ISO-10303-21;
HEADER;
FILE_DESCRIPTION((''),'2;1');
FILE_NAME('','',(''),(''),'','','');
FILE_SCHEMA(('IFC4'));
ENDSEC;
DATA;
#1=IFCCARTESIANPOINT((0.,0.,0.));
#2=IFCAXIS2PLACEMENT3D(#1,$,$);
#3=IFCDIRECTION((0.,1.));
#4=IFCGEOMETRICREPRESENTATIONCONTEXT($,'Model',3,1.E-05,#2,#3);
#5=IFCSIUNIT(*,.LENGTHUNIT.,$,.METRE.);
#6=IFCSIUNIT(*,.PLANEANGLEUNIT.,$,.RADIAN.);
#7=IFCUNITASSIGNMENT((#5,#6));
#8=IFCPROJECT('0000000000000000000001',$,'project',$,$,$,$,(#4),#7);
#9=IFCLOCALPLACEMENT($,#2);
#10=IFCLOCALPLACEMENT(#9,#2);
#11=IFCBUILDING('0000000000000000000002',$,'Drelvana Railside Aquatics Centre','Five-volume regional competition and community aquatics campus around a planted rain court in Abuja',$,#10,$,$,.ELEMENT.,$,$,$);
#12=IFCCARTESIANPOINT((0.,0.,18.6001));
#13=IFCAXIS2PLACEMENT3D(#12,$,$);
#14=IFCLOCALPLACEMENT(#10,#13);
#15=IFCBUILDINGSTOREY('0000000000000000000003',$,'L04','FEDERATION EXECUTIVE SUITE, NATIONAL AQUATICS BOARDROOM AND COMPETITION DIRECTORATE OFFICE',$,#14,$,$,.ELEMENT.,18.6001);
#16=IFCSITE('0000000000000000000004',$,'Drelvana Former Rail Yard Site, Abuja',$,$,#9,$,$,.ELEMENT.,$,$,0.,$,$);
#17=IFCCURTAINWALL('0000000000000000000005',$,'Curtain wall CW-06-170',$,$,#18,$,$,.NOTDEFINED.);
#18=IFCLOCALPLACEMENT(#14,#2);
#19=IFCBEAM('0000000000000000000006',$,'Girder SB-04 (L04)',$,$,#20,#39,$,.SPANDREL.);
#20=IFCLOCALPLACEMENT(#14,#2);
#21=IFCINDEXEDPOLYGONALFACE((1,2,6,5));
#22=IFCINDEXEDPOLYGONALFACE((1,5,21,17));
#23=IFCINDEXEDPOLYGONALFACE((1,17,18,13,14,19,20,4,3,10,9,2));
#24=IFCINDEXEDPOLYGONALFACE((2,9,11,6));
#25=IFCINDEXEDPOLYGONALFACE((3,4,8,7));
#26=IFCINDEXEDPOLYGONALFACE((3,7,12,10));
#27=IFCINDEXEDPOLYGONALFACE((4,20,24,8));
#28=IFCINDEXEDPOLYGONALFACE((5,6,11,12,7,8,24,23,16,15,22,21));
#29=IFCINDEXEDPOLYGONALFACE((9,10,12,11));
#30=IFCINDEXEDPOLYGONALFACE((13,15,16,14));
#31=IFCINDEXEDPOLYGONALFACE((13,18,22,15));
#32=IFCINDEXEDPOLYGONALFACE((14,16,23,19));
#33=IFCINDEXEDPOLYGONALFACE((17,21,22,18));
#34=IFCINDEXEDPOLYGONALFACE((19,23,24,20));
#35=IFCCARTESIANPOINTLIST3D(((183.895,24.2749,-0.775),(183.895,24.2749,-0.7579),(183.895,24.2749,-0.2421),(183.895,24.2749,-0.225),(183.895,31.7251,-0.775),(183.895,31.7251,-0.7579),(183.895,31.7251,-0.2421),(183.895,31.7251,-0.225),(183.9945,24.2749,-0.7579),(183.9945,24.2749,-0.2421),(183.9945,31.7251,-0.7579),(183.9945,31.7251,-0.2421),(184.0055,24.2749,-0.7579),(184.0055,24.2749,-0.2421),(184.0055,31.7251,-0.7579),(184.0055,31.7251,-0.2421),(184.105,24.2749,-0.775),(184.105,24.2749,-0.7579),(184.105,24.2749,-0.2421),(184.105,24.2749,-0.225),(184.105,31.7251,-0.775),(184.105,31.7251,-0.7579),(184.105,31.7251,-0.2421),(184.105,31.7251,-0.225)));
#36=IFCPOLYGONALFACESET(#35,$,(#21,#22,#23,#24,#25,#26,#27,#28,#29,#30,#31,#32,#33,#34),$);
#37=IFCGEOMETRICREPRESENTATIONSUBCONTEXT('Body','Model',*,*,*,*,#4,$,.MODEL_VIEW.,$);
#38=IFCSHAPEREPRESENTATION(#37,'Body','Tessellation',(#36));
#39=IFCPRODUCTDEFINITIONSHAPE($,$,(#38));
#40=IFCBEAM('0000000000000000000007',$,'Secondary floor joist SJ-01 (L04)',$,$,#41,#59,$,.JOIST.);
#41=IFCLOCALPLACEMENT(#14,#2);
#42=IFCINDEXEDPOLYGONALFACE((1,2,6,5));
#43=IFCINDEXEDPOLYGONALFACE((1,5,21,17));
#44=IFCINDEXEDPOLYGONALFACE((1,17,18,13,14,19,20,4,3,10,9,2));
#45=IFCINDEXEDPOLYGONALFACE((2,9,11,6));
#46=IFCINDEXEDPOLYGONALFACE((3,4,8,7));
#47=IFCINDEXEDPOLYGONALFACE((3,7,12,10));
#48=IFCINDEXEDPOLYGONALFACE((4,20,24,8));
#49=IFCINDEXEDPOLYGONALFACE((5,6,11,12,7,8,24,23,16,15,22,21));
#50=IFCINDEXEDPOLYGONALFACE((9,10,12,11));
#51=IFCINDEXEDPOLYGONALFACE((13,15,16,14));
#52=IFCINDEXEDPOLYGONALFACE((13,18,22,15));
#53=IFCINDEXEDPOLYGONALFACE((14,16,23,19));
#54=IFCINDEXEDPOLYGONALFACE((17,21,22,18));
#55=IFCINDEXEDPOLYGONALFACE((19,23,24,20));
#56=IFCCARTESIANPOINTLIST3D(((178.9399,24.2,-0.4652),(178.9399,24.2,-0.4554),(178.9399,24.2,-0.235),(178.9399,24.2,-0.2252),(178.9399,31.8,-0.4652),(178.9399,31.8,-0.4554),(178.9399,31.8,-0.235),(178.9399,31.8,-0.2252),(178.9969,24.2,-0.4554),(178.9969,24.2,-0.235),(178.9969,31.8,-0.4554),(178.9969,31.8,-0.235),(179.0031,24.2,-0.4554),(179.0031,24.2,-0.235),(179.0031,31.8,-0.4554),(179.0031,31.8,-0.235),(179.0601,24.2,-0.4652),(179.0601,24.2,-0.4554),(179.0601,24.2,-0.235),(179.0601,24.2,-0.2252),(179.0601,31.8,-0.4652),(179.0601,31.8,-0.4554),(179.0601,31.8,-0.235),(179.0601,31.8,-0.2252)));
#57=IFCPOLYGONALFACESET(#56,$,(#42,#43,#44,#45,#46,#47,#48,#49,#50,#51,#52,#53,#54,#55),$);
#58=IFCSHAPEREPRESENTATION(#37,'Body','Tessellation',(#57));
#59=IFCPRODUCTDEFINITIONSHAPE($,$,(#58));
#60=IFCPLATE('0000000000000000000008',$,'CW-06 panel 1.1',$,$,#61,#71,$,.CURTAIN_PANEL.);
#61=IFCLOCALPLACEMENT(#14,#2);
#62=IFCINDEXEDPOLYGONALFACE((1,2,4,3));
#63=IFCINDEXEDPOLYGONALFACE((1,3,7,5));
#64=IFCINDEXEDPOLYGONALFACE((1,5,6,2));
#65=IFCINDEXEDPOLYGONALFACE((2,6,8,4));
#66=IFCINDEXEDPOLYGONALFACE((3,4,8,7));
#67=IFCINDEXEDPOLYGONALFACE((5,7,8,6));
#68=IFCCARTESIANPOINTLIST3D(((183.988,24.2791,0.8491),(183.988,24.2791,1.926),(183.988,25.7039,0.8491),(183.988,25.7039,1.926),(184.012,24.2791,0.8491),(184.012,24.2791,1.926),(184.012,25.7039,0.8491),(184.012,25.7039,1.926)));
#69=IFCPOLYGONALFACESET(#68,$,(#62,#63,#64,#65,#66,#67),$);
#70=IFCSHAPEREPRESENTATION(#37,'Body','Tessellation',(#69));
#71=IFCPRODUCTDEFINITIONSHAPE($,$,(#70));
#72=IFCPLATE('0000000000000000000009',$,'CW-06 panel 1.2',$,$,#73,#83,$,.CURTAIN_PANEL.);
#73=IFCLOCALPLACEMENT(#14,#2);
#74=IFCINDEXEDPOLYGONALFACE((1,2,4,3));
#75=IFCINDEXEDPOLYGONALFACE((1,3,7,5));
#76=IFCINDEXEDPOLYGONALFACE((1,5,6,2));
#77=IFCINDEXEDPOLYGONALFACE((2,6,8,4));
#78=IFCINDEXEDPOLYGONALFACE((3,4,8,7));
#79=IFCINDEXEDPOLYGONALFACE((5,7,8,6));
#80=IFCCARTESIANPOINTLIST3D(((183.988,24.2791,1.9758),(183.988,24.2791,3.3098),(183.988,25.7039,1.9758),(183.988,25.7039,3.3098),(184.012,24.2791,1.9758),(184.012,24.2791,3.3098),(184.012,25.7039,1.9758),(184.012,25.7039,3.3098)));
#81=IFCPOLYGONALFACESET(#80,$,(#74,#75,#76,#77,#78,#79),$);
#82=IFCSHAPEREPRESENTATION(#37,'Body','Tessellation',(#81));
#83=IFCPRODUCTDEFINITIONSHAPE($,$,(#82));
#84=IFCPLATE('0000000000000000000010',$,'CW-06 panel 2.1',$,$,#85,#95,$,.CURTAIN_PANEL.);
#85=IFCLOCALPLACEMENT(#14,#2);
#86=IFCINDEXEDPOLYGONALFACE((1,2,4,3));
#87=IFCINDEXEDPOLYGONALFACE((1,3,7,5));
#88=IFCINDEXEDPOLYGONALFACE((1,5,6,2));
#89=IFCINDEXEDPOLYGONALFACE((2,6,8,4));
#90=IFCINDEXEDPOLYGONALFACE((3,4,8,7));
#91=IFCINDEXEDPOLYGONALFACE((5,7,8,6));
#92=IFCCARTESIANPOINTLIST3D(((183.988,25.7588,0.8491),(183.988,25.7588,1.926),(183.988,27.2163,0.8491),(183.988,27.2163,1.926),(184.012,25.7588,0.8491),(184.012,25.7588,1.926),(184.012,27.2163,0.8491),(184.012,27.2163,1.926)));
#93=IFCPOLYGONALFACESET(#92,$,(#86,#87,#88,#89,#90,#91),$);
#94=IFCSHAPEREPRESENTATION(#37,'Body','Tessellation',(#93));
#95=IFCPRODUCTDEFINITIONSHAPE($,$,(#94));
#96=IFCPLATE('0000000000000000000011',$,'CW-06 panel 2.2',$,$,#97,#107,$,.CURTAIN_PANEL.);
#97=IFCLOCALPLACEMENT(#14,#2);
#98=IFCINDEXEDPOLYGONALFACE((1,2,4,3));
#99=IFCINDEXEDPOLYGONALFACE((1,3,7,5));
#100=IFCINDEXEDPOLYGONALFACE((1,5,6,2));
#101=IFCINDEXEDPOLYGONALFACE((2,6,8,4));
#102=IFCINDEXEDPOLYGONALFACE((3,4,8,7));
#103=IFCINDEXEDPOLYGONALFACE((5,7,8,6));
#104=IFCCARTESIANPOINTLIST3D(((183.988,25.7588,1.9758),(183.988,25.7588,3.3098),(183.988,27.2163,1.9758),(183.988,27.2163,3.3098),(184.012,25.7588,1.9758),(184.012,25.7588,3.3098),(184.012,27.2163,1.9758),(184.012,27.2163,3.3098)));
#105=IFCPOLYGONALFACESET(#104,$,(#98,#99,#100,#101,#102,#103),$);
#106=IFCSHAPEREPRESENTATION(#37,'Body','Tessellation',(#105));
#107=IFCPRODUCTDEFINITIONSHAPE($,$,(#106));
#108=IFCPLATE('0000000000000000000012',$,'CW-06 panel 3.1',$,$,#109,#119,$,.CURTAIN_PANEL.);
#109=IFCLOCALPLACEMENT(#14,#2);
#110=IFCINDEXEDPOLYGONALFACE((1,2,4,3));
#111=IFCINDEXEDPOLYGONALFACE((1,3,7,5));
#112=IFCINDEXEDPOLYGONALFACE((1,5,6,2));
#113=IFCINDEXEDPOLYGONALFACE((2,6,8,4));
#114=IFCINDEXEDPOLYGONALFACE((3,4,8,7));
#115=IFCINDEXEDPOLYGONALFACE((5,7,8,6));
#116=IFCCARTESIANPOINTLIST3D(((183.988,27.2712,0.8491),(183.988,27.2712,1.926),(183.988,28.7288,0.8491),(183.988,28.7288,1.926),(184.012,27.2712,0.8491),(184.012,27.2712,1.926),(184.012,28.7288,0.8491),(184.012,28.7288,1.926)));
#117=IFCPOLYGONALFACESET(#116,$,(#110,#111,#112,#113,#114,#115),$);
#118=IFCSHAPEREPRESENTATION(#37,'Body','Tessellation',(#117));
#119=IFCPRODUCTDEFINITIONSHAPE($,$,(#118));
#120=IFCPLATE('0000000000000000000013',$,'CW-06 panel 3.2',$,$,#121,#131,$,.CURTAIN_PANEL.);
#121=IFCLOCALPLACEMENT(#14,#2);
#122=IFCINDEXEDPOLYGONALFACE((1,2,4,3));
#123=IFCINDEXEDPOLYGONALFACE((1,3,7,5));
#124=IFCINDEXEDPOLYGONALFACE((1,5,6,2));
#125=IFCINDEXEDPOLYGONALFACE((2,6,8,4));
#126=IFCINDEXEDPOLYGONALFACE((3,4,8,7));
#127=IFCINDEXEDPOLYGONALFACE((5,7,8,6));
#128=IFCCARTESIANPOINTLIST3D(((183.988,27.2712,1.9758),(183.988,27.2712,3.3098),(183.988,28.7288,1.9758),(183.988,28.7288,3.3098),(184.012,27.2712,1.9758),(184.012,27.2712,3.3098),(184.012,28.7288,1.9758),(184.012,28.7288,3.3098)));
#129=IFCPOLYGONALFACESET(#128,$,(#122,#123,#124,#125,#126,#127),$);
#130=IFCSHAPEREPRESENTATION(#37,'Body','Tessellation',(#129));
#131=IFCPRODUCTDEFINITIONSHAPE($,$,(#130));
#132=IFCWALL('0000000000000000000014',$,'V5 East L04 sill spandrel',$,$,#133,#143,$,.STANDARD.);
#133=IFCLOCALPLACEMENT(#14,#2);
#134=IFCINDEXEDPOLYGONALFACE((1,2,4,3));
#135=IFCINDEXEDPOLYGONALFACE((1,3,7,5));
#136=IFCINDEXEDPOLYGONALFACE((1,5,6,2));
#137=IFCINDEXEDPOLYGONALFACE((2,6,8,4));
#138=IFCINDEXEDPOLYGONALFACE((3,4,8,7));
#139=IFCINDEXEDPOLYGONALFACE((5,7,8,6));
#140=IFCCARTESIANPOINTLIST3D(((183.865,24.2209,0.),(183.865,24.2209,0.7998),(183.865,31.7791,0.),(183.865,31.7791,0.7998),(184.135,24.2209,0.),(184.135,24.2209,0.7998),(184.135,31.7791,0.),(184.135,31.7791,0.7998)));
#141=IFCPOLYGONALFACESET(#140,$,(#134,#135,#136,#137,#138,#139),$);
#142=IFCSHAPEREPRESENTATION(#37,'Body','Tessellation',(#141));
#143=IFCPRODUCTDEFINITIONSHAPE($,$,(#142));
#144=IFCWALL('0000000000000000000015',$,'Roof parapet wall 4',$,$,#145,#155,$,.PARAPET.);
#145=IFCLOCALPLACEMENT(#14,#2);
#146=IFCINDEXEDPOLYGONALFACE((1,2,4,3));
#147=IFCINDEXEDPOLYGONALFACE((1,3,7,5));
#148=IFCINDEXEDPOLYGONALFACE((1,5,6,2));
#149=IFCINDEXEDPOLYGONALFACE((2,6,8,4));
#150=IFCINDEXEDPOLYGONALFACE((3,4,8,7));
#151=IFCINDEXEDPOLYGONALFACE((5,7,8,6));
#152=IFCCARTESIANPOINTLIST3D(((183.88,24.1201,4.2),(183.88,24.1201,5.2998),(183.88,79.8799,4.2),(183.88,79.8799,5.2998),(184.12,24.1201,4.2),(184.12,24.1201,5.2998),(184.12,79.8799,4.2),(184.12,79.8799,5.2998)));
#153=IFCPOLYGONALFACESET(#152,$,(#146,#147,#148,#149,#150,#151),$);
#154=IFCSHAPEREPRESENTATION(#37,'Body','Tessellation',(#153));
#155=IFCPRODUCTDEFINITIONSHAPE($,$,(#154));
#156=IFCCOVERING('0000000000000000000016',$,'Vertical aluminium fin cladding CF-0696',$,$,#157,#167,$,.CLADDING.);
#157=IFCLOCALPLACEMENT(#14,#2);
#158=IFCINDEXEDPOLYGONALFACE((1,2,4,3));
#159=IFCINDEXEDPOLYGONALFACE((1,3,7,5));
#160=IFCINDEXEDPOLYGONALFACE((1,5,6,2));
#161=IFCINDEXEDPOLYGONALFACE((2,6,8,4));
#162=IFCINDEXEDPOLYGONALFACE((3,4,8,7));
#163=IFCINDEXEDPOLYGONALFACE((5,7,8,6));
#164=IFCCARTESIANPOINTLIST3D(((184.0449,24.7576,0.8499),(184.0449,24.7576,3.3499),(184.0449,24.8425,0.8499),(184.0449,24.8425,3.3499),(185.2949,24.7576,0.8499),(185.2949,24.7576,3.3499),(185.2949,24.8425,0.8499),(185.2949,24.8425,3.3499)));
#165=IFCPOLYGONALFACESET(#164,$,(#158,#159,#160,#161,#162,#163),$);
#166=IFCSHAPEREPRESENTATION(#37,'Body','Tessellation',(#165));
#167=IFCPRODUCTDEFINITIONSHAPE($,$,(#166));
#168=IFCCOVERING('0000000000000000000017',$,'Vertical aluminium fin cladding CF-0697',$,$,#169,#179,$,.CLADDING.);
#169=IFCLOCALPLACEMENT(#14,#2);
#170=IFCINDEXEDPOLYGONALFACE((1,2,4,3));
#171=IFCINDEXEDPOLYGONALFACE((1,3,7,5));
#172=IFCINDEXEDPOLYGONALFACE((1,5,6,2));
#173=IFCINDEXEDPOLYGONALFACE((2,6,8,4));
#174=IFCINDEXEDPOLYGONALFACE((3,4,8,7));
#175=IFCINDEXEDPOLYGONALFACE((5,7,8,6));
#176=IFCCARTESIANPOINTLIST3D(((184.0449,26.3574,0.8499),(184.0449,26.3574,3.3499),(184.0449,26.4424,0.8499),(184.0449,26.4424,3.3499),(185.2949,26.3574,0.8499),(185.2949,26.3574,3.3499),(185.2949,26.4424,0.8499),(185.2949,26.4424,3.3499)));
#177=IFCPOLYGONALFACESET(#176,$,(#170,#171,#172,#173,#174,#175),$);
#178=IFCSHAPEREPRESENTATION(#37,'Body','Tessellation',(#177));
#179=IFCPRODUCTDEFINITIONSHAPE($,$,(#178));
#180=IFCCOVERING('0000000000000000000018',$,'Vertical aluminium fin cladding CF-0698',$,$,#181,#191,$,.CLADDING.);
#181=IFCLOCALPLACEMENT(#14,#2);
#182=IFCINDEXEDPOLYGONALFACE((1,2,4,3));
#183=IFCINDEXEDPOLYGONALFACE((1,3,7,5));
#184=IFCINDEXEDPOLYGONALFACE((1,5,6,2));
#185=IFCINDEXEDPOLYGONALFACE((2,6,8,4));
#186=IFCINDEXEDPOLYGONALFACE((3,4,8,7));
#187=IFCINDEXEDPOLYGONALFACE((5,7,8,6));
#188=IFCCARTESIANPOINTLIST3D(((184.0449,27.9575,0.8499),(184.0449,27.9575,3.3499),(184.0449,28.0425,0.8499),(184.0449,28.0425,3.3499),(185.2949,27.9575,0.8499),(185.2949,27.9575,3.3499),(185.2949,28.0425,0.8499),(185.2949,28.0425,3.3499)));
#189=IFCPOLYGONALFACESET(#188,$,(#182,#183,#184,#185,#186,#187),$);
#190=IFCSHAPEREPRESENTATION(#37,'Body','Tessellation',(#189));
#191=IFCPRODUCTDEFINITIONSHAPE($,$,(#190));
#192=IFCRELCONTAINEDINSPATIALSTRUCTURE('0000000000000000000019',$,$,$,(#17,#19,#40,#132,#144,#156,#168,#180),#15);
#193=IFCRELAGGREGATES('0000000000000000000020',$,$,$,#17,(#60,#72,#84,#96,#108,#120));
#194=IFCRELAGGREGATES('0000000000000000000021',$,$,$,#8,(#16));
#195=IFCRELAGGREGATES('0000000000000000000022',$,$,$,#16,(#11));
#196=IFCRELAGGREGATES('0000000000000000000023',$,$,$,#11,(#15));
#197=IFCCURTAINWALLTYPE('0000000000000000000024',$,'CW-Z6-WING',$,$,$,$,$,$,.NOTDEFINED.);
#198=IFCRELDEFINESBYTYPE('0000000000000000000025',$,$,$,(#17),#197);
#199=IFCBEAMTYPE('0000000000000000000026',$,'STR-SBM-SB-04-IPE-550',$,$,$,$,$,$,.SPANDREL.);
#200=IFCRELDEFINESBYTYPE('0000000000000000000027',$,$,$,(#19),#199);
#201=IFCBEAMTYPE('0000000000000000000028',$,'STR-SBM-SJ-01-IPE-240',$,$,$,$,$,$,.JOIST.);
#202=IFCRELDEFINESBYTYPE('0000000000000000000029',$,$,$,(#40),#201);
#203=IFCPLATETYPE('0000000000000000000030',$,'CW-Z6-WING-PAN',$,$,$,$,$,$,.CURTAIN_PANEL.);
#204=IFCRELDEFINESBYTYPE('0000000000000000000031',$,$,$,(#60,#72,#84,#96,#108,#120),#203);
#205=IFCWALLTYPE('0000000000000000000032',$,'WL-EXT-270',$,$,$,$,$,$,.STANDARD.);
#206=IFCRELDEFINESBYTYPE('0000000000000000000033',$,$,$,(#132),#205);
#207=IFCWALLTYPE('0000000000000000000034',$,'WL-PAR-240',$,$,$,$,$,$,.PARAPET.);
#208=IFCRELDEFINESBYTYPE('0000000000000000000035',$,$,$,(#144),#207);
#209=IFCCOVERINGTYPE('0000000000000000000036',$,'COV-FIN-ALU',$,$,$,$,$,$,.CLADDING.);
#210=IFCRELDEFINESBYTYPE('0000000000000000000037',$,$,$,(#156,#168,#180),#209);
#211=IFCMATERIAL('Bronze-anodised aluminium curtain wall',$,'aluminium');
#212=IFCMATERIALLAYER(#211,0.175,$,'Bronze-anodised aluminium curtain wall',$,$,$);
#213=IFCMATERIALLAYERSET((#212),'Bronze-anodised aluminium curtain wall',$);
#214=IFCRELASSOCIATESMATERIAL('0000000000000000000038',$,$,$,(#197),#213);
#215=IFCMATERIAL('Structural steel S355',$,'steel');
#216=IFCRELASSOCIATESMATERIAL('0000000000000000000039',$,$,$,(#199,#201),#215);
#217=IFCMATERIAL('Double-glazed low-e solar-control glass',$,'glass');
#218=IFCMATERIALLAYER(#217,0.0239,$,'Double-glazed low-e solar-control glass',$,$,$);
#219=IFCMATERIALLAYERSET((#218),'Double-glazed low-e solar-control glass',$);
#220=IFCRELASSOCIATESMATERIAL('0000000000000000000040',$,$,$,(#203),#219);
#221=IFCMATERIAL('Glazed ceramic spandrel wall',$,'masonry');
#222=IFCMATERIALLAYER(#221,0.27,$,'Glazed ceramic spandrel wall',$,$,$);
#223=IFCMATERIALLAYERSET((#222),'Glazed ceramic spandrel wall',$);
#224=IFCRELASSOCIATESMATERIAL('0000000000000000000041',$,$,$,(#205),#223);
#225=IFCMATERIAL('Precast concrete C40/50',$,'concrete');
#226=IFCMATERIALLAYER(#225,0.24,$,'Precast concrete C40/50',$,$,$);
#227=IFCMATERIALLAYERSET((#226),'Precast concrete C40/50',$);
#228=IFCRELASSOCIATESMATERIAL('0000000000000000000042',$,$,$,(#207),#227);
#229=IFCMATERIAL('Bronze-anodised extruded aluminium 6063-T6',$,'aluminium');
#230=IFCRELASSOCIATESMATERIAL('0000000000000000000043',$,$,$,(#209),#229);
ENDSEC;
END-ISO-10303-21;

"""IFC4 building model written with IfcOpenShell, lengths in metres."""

from ifc_helpers import new_model, si_unit, direction, frame, frame_2d, origin, origin_2d, place, context, subcontext, project, spatial, rectangle, i_section, extrude, material, layer, layer_set, material_profile, profile_set, type_object, element, aggregate, save


model = new_model("IFC4")

# Units and contexts
model_context = context("Model", 3, precision=1e-05, world=origin(), true_north=direction((0.0, 1.0)))
body_context = subcontext(model_context, "Body", "Model", "MODEL_VIEW")
ifc_project = project(units=[si_unit("LENGTHUNIT", "METRE"), si_unit("PLANEANGLEUNIT", "RADIAN")], contexts=[model_context])

# Site, building, storey
site_placement = place(None, origin())
site = spatial("IfcSite", under=ifc_project, at=site_placement, Name="Drelvana Former Rail Yard Site, Abuja", CompositionType="ELEMENT", RefElevation=0.0)
building_placement = place(site_placement, origin())
building = spatial("IfcBuilding", under=site, at=building_placement, Name="Drelvana Railside Aquatics Centre", Description="Five-volume regional competition and community aquatics campus around a planted rain court in Abuja", CompositionType="ELEMENT")
storey_placement = place(building_placement, frame((0.0, 0.0, 18.6001)))
storey = spatial("IfcBuildingStorey", under=building, at=storey_placement, Name="L04", Description="FEDERATION EXECUTIVE SUITE, NATIONAL AQUATICS BOARDROOM AND COMPETITION DIRECTORATE OFFICE", CompositionType="ELEMENT", Elevation=18.6001)

# Curtain wall
ifc_material_1 = material(Name="Bronze-anodised aluminium curtain wall", Category="aluminium")
ifc_layer_1 = layer(ifc_material_1, 0.175, Name="Bronze-anodised aluminium curtain wall")
ifc_layer_set_1 = layer_set([ifc_layer_1], Name="Bronze-anodised aluminium curtain wall")
curtain_wall_type = type_object("IfcCurtainWallType", Name="CW-Z6-WING", PredefinedType="NOTDEFINED", material=ifc_layer_set_1)
curtain_wall_placement = place(storey_placement, origin())
curtain_wall = element("IfcCurtainWall", 1, at=curtain_wall_placement, inside=storey, type_object=curtain_wall_type, Name="Curtain wall CW-06-170", PredefinedType="NOTDEFINED")

# Beams
ifc_material_2 = material(Name="Structural steel S355", Category="steel")
ifc_material_profile_1 = material_profile(ifc_material_2, i_section(OverallWidth=0.21, OverallDepth=0.55, WebThickness=0.011, FlangeThickness=0.0171, at=origin_2d()), Name="IPE 550")
ifc_profile_set_1 = profile_set([ifc_material_profile_1], Name="Structural steel S355")
beam_type_1 = type_object("IfcBeamType", Name="STR-SBM-SB-04-IPE-550", PredefinedType="SPANDREL", material=ifc_profile_set_1)
beam_1_placement = place(storey_placement, frame((184.0, 24.2749, -0.5), z_axis=(0.0, 1.0, 0.0), x_axis=(-1.0, 0.0, 0.0)))
element("IfcBeam", 2, at=beam_1_placement, inside=storey, type_object=beam_type_1, Name="Girder SB-04 (L04)", PredefinedType="SPANDREL", context=body_context, shape_type="SweptSolid", body=[
    extrude(i_section(OverallWidth=0.21, OverallDepth=0.55, WebThickness=0.011, FlangeThickness=0.0171, at=origin_2d()), origin(), (0.0, 0.0, 1.0), 7.4502),
])
ifc_material_profile_2 = material_profile(ifc_material_2, i_section(OverallWidth=0.1201, OverallDepth=0.24, WebThickness=0.0061, FlangeThickness=0.0098, at=origin_2d()), Name="IPE 240")
ifc_profile_set_2 = profile_set([ifc_material_profile_2], Name="Structural steel S355")
beam_type_2 = type_object("IfcBeamType", Name="STR-SBM-SJ-01-IPE-240", PredefinedType="JOIST", material=ifc_profile_set_2)
beam_2_placement = place(storey_placement, frame((179.0, 24.2, -0.3452), z_axis=(0.0, 1.0, 0.0), x_axis=(-1.0, 0.0, 0.0)))
element("IfcBeam", 3, at=beam_2_placement, inside=storey, type_object=beam_type_2, Name="Secondary floor joist SJ-01 (L04)", PredefinedType="JOIST", context=body_context, shape_type="SweptSolid", body=[
    extrude(i_section(OverallWidth=0.1201, OverallDepth=0.24, WebThickness=0.0061, FlangeThickness=0.0098, at=origin_2d()), origin(), (0.0, 0.0, 1.0), 7.6001),
])

# Plates
ifc_material_3 = material(Name="Double-glazed low-e solar-control glass", Category="glass")
ifc_layer_2 = layer(ifc_material_3, 0.0239, Name="Double-glazed low-e solar-control glass")
ifc_layer_set_2 = layer_set([ifc_layer_2], Name="Double-glazed low-e solar-control glass")
plate_type = type_object("IfcPlateType", Name="CW-Z6-WING-PAN", PredefinedType="CURTAIN_PANEL", material=ifc_layer_set_2)
plate_1_placement = place(storey_placement, frame((184.0, 24.9915, 0.8491), z_axis=(0.0, 0.0, 1.0), x_axis=(0.0, 1.0, 0.0)))
plate_1 = element("IfcPlate", 4, at=plate_1_placement, type_object=plate_type, Name="CW-06 panel 1.1", PredefinedType="CURTAIN_PANEL", context=body_context, shape_type="SweptSolid", body=[
    extrude(rectangle(XDim=1.4248, YDim=0.0239, at=origin_2d()), origin(), (0.0, 0.0, 1.0), 1.0769),
])
plate_2_placement = place(storey_placement, frame((184.0, 24.9915, 1.9758), z_axis=(0.0, 0.0, 1.0), x_axis=(0.0, 1.0, 0.0)))
plate_2 = element("IfcPlate", 5, at=plate_2_placement, type_object=plate_type, Name="CW-06 panel 1.2", PredefinedType="CURTAIN_PANEL", context=body_context, shape_type="SweptSolid", body=[
    extrude(rectangle(XDim=1.4248, YDim=0.0239, at=origin_2d()), origin(), (0.0, 0.0, 1.0), 1.334),
])
plate_3_placement = place(storey_placement, frame((184.0, 26.4875, 0.8491), z_axis=(0.0, 0.0, 1.0), x_axis=(0.0, 1.0, 0.0)))
plate_3 = element("IfcPlate", 6, at=plate_3_placement, type_object=plate_type, Name="CW-06 panel 2.1", PredefinedType="CURTAIN_PANEL", context=body_context, shape_type="SweptSolid", body=[
    extrude(rectangle(XDim=1.4575, YDim=0.0239, at=origin_2d()), origin(), (0.0, 0.0, 1.0), 1.0769),
])
plate_4_placement = place(storey_placement, frame((184.0, 26.4875, 1.9758), z_axis=(0.0, 0.0, 1.0), x_axis=(0.0, 1.0, 0.0)))
plate_4 = element("IfcPlate", 7, at=plate_4_placement, type_object=plate_type, Name="CW-06 panel 2.2", PredefinedType="CURTAIN_PANEL", context=body_context, shape_type="SweptSolid", body=[
    extrude(rectangle(XDim=1.4575, YDim=0.0239, at=origin_2d()), origin(), (0.0, 0.0, 1.0), 1.334),
])
plate_5_placement = place(storey_placement, frame((184.0, 28.0, 0.8491), z_axis=(0.0, 0.0, 1.0), x_axis=(0.0, 1.0, 0.0)))
plate_5 = element("IfcPlate", 8, at=plate_5_placement, type_object=plate_type, Name="CW-06 panel 3.1", PredefinedType="CURTAIN_PANEL", context=body_context, shape_type="SweptSolid", body=[
    extrude(rectangle(XDim=1.4575, YDim=0.0239, at=origin_2d()), origin(), (0.0, 0.0, 1.0), 1.0769),
])
plate_6_placement = place(storey_placement, frame((184.0, 28.0, 1.9758), z_axis=(0.0, 0.0, 1.0), x_axis=(0.0, 1.0, 0.0)))
plate_6 = element("IfcPlate", 9, at=plate_6_placement, type_object=plate_type, Name="CW-06 panel 3.2", PredefinedType="CURTAIN_PANEL", context=body_context, shape_type="SweptSolid", body=[
    extrude(rectangle(XDim=1.4575, YDim=0.0239, at=origin_2d()), origin(), (0.0, 0.0, 1.0), 1.334),
])
aggregate(curtain_wall, [plate_1, plate_2, plate_3, plate_4, plate_5, plate_6])

# Walls
ifc_material_4 = material(Name="Glazed ceramic spandrel wall", Category="masonry")
ifc_layer_3 = layer(ifc_material_4, 0.27, Name="Glazed ceramic spandrel wall")
ifc_layer_set_3 = layer_set([ifc_layer_3], Name="Glazed ceramic spandrel wall")
wall_type_1 = type_object("IfcWallType", Name="WL-EXT-270", PredefinedType="STANDARD", material=ifc_layer_set_3)
wall_1_placement = place(storey_placement, frame((184.0, 24.2209, 0.0), z_axis=(0.0, 0.0, 1.0), x_axis=(0.0, 1.0, 0.0)))
element("IfcWall", 10, at=wall_1_placement, inside=storey, type_object=wall_type_1, Name="V5 East L04 sill spandrel", PredefinedType="STANDARD", context=body_context, shape_type="SweptSolid", body=[
    extrude(rectangle(XDim=7.5581, YDim=0.27, at=frame_2d((3.7791, 0.0))), origin(), (0.0, 0.0, 1.0), 0.7998),
])
ifc_material_5 = material(Name="Precast concrete C40/50", Category="concrete")
ifc_layer_4 = layer(ifc_material_5, 0.24, Name="Precast concrete C40/50")
ifc_layer_set_4 = layer_set([ifc_layer_4], Name="Precast concrete C40/50")
wall_type_2 = type_object("IfcWallType", Name="WL-PAR-240", PredefinedType="PARAPET", material=ifc_layer_set_4)
wall_2_placement = place(storey_placement, frame((184.0, 24.1201, 4.2), z_axis=(0.0, 0.0, 1.0), x_axis=(0.0, 1.0, 0.0)))
element("IfcWall", 11, at=wall_2_placement, inside=storey, type_object=wall_type_2, Name="Roof parapet wall 4", PredefinedType="PARAPET", context=body_context, shape_type="SweptSolid", body=[
    extrude(rectangle(XDim=55.7598, YDim=0.24, at=frame_2d((27.8799, 0.0))), origin(), (0.0, 0.0, 1.0), 1.0999),
])

# Coverings
ifc_material_6 = material(Name="Bronze-anodised extruded aluminium 6063-T6", Category="aluminium")
covering_type = type_object("IfcCoveringType", Name="COV-FIN-ALU", PredefinedType="CLADDING", material=ifc_material_6)
for number, where, z_axis, x_axis, name in (
    (12, (184.6699, 24.8, 0.8499), (0.0, 0.0, 1.0), (0.0, -1.0, 0.0), "Vertical aluminium fin cladding CF-0696"),
    (13, (184.6699, 26.3999, 0.8499), (0.0, 0.0, 1.0), (0.0, -1.0, 0.0), "Vertical aluminium fin cladding CF-0697"),
    (14, (184.6699, 28.0, 0.8499), (0.0, 0.0, 1.0), (0.0, -1.0, 0.0), "Vertical aluminium fin cladding CF-0698"),
):
    element("IfcCovering", number, at=place(storey_placement, frame(where, z_axis=z_axis, x_axis=x_axis)), inside=storey, type_object=covering_type, Name=name, PredefinedType="CLADDING", context=body_context, shape_type="SweptSolid", body=[
        extrude(rectangle(XDim=0.085, YDim=1.25, at=origin_2d()), origin(), (0.0, 0.0, 1.0), 2.5),
    ])

save(model, "model.ifc")
